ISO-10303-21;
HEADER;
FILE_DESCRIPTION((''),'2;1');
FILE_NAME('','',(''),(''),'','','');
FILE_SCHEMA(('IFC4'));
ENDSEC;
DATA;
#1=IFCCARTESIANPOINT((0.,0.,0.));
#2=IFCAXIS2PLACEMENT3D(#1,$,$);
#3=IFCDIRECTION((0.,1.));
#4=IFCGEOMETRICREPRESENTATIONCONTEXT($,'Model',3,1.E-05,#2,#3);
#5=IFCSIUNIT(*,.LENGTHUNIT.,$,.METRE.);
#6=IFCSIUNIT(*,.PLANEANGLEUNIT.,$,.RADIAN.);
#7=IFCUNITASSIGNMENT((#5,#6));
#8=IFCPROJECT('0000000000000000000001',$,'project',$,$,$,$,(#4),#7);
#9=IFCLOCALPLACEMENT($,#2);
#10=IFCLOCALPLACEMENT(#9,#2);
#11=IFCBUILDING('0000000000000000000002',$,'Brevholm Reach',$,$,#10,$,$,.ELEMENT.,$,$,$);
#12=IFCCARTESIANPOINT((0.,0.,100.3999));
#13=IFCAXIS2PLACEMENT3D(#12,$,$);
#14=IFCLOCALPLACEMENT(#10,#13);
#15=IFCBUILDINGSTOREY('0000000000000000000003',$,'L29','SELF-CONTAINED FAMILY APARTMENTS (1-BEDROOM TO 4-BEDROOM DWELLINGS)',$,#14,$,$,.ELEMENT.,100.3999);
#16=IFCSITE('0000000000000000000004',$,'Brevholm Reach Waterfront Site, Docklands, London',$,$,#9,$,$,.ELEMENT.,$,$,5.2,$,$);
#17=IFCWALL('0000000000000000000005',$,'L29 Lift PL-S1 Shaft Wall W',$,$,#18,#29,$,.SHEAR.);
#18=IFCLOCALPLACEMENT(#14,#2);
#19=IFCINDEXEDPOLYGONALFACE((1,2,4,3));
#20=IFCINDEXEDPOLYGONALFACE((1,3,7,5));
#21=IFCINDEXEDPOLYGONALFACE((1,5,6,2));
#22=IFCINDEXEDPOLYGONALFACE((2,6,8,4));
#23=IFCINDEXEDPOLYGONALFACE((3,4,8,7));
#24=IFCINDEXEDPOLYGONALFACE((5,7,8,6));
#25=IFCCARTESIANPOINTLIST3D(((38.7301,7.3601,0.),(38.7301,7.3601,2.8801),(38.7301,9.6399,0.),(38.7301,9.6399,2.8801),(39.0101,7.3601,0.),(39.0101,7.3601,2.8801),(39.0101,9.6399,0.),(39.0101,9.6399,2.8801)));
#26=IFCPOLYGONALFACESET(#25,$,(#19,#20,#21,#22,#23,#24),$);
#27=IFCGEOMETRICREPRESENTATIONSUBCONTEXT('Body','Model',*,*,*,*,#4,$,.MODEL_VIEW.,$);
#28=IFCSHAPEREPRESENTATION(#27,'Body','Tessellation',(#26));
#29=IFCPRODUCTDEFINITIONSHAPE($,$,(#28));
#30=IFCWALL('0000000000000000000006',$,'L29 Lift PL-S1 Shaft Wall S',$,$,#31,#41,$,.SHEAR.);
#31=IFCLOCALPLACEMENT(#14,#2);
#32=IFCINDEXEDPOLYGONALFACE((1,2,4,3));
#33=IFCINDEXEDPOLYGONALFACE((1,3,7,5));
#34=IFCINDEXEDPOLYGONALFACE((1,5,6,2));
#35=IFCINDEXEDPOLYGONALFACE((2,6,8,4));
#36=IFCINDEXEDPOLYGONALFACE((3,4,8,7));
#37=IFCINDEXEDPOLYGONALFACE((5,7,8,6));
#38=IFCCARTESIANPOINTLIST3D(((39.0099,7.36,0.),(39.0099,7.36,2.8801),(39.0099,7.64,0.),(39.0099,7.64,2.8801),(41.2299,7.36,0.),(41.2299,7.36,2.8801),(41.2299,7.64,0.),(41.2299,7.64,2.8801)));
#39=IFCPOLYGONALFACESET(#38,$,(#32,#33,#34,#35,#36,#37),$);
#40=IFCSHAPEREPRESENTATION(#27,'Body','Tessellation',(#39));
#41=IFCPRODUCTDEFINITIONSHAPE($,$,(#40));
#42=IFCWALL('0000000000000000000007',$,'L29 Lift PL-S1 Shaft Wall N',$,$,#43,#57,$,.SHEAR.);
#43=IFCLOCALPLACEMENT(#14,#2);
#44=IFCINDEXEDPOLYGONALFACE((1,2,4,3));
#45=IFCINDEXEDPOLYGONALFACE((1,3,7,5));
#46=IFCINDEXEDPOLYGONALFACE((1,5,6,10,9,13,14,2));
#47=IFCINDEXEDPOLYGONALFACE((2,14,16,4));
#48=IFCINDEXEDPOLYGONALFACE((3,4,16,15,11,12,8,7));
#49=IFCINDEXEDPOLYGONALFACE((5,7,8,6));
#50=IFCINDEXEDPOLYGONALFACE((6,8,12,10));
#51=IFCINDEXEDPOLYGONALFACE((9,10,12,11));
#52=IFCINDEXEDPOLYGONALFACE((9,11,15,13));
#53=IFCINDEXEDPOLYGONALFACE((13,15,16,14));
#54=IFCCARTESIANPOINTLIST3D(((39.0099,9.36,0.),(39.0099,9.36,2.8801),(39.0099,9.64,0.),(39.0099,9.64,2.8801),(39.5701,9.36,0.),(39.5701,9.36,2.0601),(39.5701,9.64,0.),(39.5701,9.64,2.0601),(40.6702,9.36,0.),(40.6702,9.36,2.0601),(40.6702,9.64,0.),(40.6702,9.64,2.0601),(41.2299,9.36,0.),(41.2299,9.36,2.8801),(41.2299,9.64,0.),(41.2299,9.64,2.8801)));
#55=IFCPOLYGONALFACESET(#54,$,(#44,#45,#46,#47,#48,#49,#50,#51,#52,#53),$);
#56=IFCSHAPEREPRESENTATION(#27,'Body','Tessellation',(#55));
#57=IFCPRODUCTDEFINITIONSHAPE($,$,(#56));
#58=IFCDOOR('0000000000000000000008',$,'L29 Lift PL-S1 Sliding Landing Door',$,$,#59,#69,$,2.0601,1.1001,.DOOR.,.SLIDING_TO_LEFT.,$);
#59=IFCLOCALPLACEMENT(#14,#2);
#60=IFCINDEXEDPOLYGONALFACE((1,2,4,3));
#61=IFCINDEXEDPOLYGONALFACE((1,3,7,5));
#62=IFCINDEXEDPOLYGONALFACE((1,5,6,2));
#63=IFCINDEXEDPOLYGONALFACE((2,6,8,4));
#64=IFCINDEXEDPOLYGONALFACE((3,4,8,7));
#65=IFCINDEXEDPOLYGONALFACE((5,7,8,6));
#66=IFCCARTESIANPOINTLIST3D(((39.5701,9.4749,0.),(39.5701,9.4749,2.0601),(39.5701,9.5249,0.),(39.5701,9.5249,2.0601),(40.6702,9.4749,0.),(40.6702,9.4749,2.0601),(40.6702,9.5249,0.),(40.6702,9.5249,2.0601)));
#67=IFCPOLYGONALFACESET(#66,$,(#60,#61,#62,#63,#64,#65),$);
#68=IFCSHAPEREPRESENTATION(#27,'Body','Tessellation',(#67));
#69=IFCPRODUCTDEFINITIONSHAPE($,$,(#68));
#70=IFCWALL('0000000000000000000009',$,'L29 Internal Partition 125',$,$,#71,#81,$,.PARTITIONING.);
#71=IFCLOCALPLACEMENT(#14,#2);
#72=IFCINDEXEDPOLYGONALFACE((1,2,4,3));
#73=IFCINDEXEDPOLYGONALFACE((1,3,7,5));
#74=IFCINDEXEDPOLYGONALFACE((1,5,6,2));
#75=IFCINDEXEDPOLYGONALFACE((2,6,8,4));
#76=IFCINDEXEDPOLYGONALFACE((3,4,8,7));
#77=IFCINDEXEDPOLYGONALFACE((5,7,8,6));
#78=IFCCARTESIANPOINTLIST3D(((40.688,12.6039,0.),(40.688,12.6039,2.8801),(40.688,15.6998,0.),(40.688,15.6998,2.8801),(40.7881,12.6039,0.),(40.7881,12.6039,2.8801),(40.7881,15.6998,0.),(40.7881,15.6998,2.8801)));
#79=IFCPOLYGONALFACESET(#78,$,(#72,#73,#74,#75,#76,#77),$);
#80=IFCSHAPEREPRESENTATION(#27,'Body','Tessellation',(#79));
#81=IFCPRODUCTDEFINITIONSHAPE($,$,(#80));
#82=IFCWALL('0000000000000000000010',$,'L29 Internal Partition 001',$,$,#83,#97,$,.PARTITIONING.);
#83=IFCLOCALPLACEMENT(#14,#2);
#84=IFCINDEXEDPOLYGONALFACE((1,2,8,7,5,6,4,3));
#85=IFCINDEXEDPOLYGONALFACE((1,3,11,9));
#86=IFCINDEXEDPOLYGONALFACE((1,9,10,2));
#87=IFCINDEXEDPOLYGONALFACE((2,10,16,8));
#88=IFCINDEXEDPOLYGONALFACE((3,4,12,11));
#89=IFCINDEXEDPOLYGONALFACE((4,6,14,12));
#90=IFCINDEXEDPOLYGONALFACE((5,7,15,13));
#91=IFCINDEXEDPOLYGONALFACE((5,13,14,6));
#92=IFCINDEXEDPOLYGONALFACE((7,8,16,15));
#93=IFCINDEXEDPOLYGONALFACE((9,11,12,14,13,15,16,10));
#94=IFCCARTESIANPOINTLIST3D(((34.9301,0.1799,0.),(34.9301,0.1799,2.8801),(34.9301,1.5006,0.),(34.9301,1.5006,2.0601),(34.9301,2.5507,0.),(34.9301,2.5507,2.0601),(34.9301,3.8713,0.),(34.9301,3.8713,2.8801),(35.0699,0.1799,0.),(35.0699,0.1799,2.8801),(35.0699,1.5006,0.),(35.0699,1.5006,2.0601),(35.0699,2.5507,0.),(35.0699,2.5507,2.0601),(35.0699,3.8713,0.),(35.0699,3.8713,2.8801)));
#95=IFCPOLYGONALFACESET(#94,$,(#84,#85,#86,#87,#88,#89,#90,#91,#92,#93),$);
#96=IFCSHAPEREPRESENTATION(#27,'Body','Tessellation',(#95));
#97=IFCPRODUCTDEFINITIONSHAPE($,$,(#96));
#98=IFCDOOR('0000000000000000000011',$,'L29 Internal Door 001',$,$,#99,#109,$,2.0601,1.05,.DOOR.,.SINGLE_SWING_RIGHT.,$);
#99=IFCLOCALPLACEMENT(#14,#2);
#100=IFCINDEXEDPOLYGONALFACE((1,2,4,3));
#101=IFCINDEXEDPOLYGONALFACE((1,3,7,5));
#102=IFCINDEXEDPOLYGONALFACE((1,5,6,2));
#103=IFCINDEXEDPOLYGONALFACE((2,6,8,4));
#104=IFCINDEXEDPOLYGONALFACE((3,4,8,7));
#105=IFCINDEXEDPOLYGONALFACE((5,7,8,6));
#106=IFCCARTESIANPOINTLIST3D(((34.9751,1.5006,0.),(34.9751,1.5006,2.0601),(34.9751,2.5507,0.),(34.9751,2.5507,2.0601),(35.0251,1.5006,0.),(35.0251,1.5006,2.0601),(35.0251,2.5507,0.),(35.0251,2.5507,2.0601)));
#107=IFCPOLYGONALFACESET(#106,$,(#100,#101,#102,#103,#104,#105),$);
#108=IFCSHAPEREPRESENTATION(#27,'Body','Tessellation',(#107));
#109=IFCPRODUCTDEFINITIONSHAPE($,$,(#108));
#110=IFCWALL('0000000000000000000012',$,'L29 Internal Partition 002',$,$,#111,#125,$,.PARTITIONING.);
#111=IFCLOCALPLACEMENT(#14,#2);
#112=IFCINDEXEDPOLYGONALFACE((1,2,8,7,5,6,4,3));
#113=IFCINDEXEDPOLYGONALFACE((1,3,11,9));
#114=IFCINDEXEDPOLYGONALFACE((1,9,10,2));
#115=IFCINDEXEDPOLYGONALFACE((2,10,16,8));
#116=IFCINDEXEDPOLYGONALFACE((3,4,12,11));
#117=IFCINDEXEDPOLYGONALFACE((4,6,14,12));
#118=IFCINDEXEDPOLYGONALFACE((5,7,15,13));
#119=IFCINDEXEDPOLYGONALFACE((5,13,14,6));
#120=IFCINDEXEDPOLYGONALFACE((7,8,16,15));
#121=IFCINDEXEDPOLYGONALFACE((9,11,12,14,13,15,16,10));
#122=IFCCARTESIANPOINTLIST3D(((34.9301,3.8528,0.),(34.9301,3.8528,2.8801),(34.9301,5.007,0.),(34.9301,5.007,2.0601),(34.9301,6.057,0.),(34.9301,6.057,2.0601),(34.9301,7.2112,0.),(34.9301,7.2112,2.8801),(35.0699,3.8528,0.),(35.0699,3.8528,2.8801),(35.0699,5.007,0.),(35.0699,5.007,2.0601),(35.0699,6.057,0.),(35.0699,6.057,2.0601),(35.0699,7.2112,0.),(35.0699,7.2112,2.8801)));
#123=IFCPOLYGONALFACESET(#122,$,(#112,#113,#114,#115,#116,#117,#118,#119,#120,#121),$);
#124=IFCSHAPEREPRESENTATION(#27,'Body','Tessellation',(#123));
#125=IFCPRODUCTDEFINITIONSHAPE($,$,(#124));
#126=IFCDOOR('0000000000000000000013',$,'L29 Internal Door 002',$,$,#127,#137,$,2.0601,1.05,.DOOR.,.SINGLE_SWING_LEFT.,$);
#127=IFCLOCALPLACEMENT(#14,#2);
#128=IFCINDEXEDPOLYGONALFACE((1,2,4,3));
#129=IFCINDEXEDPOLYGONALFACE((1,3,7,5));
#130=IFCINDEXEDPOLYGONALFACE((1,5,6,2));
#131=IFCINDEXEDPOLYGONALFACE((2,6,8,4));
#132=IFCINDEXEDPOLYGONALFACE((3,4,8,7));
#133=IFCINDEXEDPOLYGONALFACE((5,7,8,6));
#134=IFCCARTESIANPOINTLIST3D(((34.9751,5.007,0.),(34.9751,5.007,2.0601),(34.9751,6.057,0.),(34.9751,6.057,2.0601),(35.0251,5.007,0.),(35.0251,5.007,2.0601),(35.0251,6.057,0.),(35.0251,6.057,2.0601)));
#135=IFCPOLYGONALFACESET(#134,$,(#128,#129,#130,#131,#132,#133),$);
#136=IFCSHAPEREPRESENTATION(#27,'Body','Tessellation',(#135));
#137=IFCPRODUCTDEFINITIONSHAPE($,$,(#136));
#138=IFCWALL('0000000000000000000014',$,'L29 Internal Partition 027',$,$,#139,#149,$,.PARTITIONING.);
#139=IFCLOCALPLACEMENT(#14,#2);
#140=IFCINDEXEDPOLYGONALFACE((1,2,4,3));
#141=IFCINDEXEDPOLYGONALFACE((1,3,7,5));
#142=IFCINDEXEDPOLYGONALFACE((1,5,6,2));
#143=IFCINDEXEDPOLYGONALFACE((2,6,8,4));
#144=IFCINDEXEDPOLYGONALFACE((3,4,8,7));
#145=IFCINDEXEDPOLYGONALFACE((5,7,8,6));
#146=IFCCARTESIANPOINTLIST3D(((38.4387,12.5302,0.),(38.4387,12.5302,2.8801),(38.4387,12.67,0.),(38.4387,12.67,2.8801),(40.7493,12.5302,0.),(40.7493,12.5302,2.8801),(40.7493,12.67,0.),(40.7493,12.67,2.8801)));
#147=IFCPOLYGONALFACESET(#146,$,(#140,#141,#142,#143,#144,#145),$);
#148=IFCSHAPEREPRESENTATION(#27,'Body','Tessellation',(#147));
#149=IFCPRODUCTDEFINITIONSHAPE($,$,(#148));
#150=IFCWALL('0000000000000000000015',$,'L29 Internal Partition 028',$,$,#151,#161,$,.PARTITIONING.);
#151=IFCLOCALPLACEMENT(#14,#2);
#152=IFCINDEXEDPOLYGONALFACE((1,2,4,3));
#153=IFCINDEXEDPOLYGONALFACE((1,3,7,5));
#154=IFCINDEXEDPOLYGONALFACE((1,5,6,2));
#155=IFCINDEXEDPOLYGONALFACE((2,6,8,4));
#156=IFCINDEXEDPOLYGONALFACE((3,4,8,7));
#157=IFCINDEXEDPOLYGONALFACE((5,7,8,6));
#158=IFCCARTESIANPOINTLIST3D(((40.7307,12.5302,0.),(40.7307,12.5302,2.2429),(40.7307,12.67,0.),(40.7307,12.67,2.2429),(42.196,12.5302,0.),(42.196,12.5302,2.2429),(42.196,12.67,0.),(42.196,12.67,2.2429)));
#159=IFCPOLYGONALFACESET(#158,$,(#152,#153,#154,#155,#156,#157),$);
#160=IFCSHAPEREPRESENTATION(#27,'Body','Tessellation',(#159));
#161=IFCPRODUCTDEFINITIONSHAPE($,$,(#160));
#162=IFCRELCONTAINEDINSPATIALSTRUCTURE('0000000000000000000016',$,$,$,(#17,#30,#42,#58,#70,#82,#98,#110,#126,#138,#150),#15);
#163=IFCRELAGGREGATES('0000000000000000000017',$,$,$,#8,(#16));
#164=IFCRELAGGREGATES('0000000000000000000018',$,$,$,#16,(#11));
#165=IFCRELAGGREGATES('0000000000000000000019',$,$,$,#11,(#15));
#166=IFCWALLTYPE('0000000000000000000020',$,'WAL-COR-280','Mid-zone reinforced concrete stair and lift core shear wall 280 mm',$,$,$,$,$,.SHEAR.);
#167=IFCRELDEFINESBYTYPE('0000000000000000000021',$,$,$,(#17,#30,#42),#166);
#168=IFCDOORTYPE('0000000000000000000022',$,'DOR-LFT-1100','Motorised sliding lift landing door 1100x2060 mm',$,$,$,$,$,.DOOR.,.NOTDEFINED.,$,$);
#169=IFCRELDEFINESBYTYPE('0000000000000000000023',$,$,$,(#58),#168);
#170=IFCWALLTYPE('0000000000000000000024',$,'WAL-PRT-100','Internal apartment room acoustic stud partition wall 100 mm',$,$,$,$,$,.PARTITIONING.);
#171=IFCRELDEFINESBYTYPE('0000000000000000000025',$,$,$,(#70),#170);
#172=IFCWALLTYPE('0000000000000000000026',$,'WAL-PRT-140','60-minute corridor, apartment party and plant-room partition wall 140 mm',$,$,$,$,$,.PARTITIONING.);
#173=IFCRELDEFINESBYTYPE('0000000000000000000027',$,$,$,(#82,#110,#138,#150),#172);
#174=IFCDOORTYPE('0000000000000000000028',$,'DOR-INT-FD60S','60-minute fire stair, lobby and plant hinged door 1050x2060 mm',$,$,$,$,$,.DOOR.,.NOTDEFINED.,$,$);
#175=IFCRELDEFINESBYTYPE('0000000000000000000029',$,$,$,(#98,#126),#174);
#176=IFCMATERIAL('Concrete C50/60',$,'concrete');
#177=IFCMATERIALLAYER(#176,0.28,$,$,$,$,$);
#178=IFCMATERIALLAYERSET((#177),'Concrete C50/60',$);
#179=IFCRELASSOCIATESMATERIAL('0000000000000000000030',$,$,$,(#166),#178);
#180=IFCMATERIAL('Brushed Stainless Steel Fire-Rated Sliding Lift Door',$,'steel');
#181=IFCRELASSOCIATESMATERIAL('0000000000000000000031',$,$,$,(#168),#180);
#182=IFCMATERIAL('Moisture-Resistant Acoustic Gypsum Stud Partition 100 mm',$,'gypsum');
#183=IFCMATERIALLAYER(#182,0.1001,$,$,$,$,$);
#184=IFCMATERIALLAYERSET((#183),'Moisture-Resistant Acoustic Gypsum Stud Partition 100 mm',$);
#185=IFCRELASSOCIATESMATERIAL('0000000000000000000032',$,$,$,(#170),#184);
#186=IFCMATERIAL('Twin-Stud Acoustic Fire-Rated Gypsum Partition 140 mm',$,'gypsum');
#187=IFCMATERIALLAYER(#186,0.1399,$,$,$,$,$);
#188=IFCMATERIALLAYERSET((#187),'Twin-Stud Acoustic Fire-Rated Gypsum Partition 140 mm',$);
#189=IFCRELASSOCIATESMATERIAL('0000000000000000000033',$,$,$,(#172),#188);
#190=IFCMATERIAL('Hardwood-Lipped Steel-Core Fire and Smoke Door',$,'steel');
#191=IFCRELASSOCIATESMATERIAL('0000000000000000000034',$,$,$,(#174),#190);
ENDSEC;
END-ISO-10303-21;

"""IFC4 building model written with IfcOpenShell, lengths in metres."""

from ifc_helpers import new_model, si_unit, direction, frame, frame_2d, origin, place, context, subcontext, project, spatial, rectangle, extrude, material, layer, layer_set, type_object, element, fill, save


model = new_model("IFC4")

# Units and contexts
model_context = context("Model", 3, precision=1e-05, world=origin(), true_north=direction((0.0, 1.0)))
body_context = subcontext(model_context, "Body", "Model", "MODEL_VIEW")
ifc_project = project(units=[si_unit("LENGTHUNIT", "METRE"), si_unit("PLANEANGLEUNIT", "RADIAN")], contexts=[model_context])

# Site, building, storey
site_placement = place(None, origin())
site = spatial("IfcSite", under=ifc_project, at=site_placement, Name="Brevholm Reach Waterfront Site, Docklands, London", CompositionType="ELEMENT", RefElevation=5.2)
building_placement = place(site_placement, origin())
building = spatial("IfcBuilding", under=site, at=building_placement, Name="Brevholm Reach", CompositionType="ELEMENT")
storey_placement = place(building_placement, frame((0.0, 0.0, 100.3999)))
storey = spatial("IfcBuildingStorey", under=building, at=storey_placement, Name="L29", Description="SELF-CONTAINED FAMILY APARTMENTS (1-BEDROOM TO 4-BEDROOM DWELLINGS)", CompositionType="ELEMENT", Elevation=100.3999)

# Walls
ifc_material_1 = material(Name="Concrete C50/60", Category="concrete")
ifc_layer_1 = layer(ifc_material_1, 0.28)
ifc_layer_set_1 = layer_set([ifc_layer_1], Name="Concrete C50/60")
wall_type_1 = type_object("IfcWallType", Name="WAL-COR-280", Description="Mid-zone reinforced concrete stair and lift core shear wall 280 mm", PredefinedType="SHEAR", material=ifc_layer_set_1)
wall_1_placement = place(storey_placement, frame((38.8701, 7.3601, 0.0), z_axis=(0.0, 0.0, 1.0), x_axis=(0.0, 1.0, 0.0)))
element("IfcWall", 1, at=wall_1_placement, inside=storey, type_object=wall_type_1, Name="L29 Lift PL-S1 Shaft Wall W", PredefinedType="SHEAR", context=body_context, shape_type="SweptSolid", body=[
    extrude(rectangle(XDim=2.2798, YDim=0.28, at=frame_2d((1.1399, 0.0))), origin(), (0.0, 0.0, 1.0), 2.8801),
])
wall_2_placement = place(storey_placement, frame((39.01, 7.5, 0.0), z_axis=(0.0, 0.0, 1.0), x_axis=(1.0, 0.0, 0.0)))
element("IfcWall", 2, at=wall_2_placement, inside=storey, type_object=wall_type_1, Name="L29 Lift PL-S1 Shaft Wall S", PredefinedType="SHEAR", context=body_context, shape_type="SweptSolid", body=[
    extrude(rectangle(XDim=2.22, YDim=0.28, at=frame_2d((1.1099, 0.0))), origin(), (0.0, 0.0, 1.0), 2.8801),
])

# Wall, opening, door
wall_3_placement = place(storey_placement, frame((39.01, 9.5, 0.0), z_axis=(0.0, 0.0, 1.0), x_axis=(1.0, 0.0, 0.0)))
wall_3 = element("IfcWall", 3, at=wall_3_placement, inside=storey, type_object=wall_type_1, Name="L29 Lift PL-S1 Shaft Wall N", PredefinedType="SHEAR", context=body_context, shape_type="SweptSolid", body=[
    extrude(rectangle(XDim=2.22, YDim=0.28, at=frame_2d((1.1099, 0.0))), origin(), (0.0, 0.0, 1.0), 2.8801),
])
opening_1_placement = place(wall_3_placement, frame((0.5601, 0.0, 0.0)))
opening_1 = element("IfcOpeningElement", 4, at=opening_1_placement, cuts=wall_3, PredefinedType="OPENING", context=body_context, shape_type="SweptSolid", body=[
    extrude(rectangle(XDim=1.1001, YDim=2.0601, at=frame_2d((0.55, 1.03))), frame((0.0, 0.1499, 0.0), z_axis=(0.0, -1.0, 0.0), x_axis=(1.0, 0.0, 0.0)), (0.0, 0.0, 1.0), 0.3),
])
ifc_material_2 = material(Name="Brushed Stainless Steel Fire-Rated Sliding Lift Door", Category="steel")
door_type_1 = type_object("IfcDoorType", Name="DOR-LFT-1100", Description="Motorised sliding lift landing door 1100x2060 mm", OperationType="NOTDEFINED", PredefinedType="DOOR", material=ifc_material_2)
door_1_placement = place(opening_1_placement, origin())
door_1 = element("IfcDoor", 5, at=door_1_placement, inside=storey, type_object=door_type_1, Name="L29 Lift PL-S1 Sliding Landing Door", OperationType="SLIDING_TO_LEFT", OverallHeight=2.0601, OverallWidth=1.1001, PredefinedType="DOOR", context=body_context, shape_type="SweptSolid", body=[
    extrude(rectangle(XDim=1.1001, YDim=2.0601, at=frame_2d((0.55, 1.03))), frame((0.0, 0.0249, 0.0), z_axis=(0.0, -1.0, 0.0), x_axis=(1.0, 0.0, 0.0)), (0.0, 0.0, 1.0), 0.05),
])
fill(opening_1, door_1)

# Wall
ifc_material_3 = material(Name="Moisture-Resistant Acoustic Gypsum Stud Partition 100 mm", Category="gypsum")
ifc_layer_2 = layer(ifc_material_3, 0.1001)
ifc_layer_set_2 = layer_set([ifc_layer_2], Name="Moisture-Resistant Acoustic Gypsum Stud Partition 100 mm")
wall_type_2 = type_object("IfcWallType", Name="WAL-PRT-100", Description="Internal apartment room acoustic stud partition wall 100 mm", PredefinedType="PARTITIONING", material=ifc_layer_set_2)
wall_4_placement = place(storey_placement, frame((40.738, 12.604, 0.0), z_axis=(0.0, 0.0, 1.0), x_axis=(0.0, 1.0, 0.0)))
element("IfcWall", 6, at=wall_4_placement, inside=storey, type_object=wall_type_2, Name="L29 Internal Partition 125", PredefinedType="PARTITIONING", context=body_context, shape_type="SweptSolid", body=[
    extrude(rectangle(XDim=3.0959, YDim=0.1001, at=frame_2d((1.5479, 0.0))), origin(), (0.0, 0.0, 1.0), 2.8801),
])

# Walls, openings, doors
ifc_material_4 = material(Name="Twin-Stud Acoustic Fire-Rated Gypsum Partition 140 mm", Category="gypsum")
ifc_layer_3 = layer(ifc_material_4, 0.1399)
ifc_layer_set_3 = layer_set([ifc_layer_3], Name="Twin-Stud Acoustic Fire-Rated Gypsum Partition 140 mm")
wall_type_3 = type_object("IfcWallType", Name="WAL-PRT-140", Description="60-minute corridor, apartment party and plant-room partition wall 140 mm", PredefinedType="PARTITIONING", material=ifc_layer_set_3)
wall_5_placement = place(storey_placement, frame((35.0, 0.1799, 0.0), z_axis=(0.0, 0.0, 1.0), x_axis=(0.0, 1.0, 0.0)))
wall_5 = element("IfcWall", 7, at=wall_5_placement, inside=storey, type_object=wall_type_3, Name="L29 Internal Partition 001", PredefinedType="PARTITIONING", context=body_context, shape_type="SweptSolid", body=[
    extrude(rectangle(XDim=3.6914, YDim=0.1399, at=frame_2d((1.8457, 0.0))), origin(), (0.0, 0.0, 1.0), 2.8801),
])
opening_2_placement = place(wall_5_placement, frame((1.3208, 0.0, 0.0)))
opening_2 = element("IfcOpeningElement", 8, at=opening_2_placement, cuts=wall_5, PredefinedType="OPENING", context=body_context, shape_type="SweptSolid", body=[
    extrude(rectangle(XDim=1.05, YDim=2.0601, at=frame_2d((0.5249, 1.03))), frame((0.0, 0.0798, 0.0), z_axis=(0.0, -1.0, 0.0), x_axis=(1.0, 0.0, 0.0)), (0.0, 0.0, 1.0), 0.1599),
])
ifc_material_5 = material(Name="Hardwood-Lipped Steel-Core Fire and Smoke Door", Category="steel")
door_type_2 = type_object("IfcDoorType", Name="DOR-INT-FD60S", Description="60-minute fire stair, lobby and plant hinged door 1050x2060 mm", OperationType="NOTDEFINED", PredefinedType="DOOR", material=ifc_material_5)
door_2_placement = place(opening_2_placement, origin())
door_2 = element("IfcDoor", 9, at=door_2_placement, inside=storey, type_object=door_type_2, Name="L29 Internal Door 001", OperationType="SINGLE_SWING_RIGHT", OverallHeight=2.0601, OverallWidth=1.05, PredefinedType="DOOR", context=body_context, shape_type="SweptSolid", body=[
    extrude(rectangle(XDim=1.05, YDim=2.0601, at=frame_2d((0.5249, 1.03))), frame((0.0, 0.0249, 0.0), z_axis=(0.0, -1.0, 0.0), x_axis=(1.0, 0.0, 0.0)), (0.0, 0.0, 1.0), 0.05),
])
fill(opening_2, door_2)
wall_6_placement = place(storey_placement, frame((35.0, 3.8528, 0.0), z_axis=(0.0, 0.0, 1.0), x_axis=(0.0, 1.0, 0.0)))
wall_6 = element("IfcWall", 10, at=wall_6_placement, inside=storey, type_object=wall_type_3, Name="L29 Internal Partition 002", PredefinedType="PARTITIONING", context=body_context, shape_type="SweptSolid", body=[
    extrude(rectangle(XDim=3.3584, YDim=0.1399, at=frame_2d((1.6792, 0.0))), origin(), (0.0, 0.0, 1.0), 2.8801),
])
opening_3_placement = place(wall_6_placement, frame((1.1543, 0.0, 0.0)))
opening_3 = element("IfcOpeningElement", 11, at=opening_3_placement, cuts=wall_6, PredefinedType="OPENING", context=body_context, shape_type="SweptSolid", body=[
    extrude(rectangle(XDim=1.05, YDim=2.0601, at=frame_2d((0.5249, 1.03))), frame((0.0, 0.0798, 0.0), z_axis=(0.0, -1.0, 0.0), x_axis=(1.0, 0.0, 0.0)), (0.0, 0.0, 1.0), 0.1599),
])
door_3_placement = place(opening_3_placement, origin())
door_3 = element("IfcDoor", 12, at=door_3_placement, inside=storey, type_object=door_type_2, Name="L29 Internal Door 002", OperationType="SINGLE_SWING_LEFT", OverallHeight=2.0601, OverallWidth=1.05, PredefinedType="DOOR", context=body_context, shape_type="SweptSolid", body=[
    extrude(rectangle(XDim=1.05, YDim=2.0601, at=frame_2d((0.5249, 1.03))), frame((0.0, 0.0249, 0.0), z_axis=(0.0, -1.0, 0.0), x_axis=(1.0, 0.0, 0.0)), (0.0, 0.0, 1.0), 0.05),
])
fill(opening_3, door_3)

# Walls
wall_7_placement = place(storey_placement, frame((38.4387, 12.6001, 0.0), z_axis=(0.0, 0.0, 1.0), x_axis=(1.0, 0.0, 0.0)))
element("IfcWall", 13, at=wall_7_placement, inside=storey, type_object=wall_type_3, Name="L29 Internal Partition 027", PredefinedType="PARTITIONING", context=body_context, shape_type="SweptSolid", body=[
    extrude(rectangle(XDim=2.3105, YDim=0.1399, at=frame_2d((1.1553, 0.0))), origin(), (0.0, 0.0, 1.0), 2.8801),
])
wall_8_placement = place(storey_placement, frame((40.7307, 12.6001, 0.0), z_axis=(0.0, 0.0, 1.0), x_axis=(1.0, 0.0, 0.0)))
element("IfcWall", 14, at=wall_8_placement, inside=storey, type_object=wall_type_3, Name="L29 Internal Partition 028", PredefinedType="PARTITIONING", context=body_context, shape_type="SweptSolid", body=[
    extrude(rectangle(XDim=1.4653, YDim=0.1399, at=frame_2d((0.7327, 0.0))), origin(), (0.0, 0.0, 1.0), 2.2429),
])

save(model, "model.ifc")
